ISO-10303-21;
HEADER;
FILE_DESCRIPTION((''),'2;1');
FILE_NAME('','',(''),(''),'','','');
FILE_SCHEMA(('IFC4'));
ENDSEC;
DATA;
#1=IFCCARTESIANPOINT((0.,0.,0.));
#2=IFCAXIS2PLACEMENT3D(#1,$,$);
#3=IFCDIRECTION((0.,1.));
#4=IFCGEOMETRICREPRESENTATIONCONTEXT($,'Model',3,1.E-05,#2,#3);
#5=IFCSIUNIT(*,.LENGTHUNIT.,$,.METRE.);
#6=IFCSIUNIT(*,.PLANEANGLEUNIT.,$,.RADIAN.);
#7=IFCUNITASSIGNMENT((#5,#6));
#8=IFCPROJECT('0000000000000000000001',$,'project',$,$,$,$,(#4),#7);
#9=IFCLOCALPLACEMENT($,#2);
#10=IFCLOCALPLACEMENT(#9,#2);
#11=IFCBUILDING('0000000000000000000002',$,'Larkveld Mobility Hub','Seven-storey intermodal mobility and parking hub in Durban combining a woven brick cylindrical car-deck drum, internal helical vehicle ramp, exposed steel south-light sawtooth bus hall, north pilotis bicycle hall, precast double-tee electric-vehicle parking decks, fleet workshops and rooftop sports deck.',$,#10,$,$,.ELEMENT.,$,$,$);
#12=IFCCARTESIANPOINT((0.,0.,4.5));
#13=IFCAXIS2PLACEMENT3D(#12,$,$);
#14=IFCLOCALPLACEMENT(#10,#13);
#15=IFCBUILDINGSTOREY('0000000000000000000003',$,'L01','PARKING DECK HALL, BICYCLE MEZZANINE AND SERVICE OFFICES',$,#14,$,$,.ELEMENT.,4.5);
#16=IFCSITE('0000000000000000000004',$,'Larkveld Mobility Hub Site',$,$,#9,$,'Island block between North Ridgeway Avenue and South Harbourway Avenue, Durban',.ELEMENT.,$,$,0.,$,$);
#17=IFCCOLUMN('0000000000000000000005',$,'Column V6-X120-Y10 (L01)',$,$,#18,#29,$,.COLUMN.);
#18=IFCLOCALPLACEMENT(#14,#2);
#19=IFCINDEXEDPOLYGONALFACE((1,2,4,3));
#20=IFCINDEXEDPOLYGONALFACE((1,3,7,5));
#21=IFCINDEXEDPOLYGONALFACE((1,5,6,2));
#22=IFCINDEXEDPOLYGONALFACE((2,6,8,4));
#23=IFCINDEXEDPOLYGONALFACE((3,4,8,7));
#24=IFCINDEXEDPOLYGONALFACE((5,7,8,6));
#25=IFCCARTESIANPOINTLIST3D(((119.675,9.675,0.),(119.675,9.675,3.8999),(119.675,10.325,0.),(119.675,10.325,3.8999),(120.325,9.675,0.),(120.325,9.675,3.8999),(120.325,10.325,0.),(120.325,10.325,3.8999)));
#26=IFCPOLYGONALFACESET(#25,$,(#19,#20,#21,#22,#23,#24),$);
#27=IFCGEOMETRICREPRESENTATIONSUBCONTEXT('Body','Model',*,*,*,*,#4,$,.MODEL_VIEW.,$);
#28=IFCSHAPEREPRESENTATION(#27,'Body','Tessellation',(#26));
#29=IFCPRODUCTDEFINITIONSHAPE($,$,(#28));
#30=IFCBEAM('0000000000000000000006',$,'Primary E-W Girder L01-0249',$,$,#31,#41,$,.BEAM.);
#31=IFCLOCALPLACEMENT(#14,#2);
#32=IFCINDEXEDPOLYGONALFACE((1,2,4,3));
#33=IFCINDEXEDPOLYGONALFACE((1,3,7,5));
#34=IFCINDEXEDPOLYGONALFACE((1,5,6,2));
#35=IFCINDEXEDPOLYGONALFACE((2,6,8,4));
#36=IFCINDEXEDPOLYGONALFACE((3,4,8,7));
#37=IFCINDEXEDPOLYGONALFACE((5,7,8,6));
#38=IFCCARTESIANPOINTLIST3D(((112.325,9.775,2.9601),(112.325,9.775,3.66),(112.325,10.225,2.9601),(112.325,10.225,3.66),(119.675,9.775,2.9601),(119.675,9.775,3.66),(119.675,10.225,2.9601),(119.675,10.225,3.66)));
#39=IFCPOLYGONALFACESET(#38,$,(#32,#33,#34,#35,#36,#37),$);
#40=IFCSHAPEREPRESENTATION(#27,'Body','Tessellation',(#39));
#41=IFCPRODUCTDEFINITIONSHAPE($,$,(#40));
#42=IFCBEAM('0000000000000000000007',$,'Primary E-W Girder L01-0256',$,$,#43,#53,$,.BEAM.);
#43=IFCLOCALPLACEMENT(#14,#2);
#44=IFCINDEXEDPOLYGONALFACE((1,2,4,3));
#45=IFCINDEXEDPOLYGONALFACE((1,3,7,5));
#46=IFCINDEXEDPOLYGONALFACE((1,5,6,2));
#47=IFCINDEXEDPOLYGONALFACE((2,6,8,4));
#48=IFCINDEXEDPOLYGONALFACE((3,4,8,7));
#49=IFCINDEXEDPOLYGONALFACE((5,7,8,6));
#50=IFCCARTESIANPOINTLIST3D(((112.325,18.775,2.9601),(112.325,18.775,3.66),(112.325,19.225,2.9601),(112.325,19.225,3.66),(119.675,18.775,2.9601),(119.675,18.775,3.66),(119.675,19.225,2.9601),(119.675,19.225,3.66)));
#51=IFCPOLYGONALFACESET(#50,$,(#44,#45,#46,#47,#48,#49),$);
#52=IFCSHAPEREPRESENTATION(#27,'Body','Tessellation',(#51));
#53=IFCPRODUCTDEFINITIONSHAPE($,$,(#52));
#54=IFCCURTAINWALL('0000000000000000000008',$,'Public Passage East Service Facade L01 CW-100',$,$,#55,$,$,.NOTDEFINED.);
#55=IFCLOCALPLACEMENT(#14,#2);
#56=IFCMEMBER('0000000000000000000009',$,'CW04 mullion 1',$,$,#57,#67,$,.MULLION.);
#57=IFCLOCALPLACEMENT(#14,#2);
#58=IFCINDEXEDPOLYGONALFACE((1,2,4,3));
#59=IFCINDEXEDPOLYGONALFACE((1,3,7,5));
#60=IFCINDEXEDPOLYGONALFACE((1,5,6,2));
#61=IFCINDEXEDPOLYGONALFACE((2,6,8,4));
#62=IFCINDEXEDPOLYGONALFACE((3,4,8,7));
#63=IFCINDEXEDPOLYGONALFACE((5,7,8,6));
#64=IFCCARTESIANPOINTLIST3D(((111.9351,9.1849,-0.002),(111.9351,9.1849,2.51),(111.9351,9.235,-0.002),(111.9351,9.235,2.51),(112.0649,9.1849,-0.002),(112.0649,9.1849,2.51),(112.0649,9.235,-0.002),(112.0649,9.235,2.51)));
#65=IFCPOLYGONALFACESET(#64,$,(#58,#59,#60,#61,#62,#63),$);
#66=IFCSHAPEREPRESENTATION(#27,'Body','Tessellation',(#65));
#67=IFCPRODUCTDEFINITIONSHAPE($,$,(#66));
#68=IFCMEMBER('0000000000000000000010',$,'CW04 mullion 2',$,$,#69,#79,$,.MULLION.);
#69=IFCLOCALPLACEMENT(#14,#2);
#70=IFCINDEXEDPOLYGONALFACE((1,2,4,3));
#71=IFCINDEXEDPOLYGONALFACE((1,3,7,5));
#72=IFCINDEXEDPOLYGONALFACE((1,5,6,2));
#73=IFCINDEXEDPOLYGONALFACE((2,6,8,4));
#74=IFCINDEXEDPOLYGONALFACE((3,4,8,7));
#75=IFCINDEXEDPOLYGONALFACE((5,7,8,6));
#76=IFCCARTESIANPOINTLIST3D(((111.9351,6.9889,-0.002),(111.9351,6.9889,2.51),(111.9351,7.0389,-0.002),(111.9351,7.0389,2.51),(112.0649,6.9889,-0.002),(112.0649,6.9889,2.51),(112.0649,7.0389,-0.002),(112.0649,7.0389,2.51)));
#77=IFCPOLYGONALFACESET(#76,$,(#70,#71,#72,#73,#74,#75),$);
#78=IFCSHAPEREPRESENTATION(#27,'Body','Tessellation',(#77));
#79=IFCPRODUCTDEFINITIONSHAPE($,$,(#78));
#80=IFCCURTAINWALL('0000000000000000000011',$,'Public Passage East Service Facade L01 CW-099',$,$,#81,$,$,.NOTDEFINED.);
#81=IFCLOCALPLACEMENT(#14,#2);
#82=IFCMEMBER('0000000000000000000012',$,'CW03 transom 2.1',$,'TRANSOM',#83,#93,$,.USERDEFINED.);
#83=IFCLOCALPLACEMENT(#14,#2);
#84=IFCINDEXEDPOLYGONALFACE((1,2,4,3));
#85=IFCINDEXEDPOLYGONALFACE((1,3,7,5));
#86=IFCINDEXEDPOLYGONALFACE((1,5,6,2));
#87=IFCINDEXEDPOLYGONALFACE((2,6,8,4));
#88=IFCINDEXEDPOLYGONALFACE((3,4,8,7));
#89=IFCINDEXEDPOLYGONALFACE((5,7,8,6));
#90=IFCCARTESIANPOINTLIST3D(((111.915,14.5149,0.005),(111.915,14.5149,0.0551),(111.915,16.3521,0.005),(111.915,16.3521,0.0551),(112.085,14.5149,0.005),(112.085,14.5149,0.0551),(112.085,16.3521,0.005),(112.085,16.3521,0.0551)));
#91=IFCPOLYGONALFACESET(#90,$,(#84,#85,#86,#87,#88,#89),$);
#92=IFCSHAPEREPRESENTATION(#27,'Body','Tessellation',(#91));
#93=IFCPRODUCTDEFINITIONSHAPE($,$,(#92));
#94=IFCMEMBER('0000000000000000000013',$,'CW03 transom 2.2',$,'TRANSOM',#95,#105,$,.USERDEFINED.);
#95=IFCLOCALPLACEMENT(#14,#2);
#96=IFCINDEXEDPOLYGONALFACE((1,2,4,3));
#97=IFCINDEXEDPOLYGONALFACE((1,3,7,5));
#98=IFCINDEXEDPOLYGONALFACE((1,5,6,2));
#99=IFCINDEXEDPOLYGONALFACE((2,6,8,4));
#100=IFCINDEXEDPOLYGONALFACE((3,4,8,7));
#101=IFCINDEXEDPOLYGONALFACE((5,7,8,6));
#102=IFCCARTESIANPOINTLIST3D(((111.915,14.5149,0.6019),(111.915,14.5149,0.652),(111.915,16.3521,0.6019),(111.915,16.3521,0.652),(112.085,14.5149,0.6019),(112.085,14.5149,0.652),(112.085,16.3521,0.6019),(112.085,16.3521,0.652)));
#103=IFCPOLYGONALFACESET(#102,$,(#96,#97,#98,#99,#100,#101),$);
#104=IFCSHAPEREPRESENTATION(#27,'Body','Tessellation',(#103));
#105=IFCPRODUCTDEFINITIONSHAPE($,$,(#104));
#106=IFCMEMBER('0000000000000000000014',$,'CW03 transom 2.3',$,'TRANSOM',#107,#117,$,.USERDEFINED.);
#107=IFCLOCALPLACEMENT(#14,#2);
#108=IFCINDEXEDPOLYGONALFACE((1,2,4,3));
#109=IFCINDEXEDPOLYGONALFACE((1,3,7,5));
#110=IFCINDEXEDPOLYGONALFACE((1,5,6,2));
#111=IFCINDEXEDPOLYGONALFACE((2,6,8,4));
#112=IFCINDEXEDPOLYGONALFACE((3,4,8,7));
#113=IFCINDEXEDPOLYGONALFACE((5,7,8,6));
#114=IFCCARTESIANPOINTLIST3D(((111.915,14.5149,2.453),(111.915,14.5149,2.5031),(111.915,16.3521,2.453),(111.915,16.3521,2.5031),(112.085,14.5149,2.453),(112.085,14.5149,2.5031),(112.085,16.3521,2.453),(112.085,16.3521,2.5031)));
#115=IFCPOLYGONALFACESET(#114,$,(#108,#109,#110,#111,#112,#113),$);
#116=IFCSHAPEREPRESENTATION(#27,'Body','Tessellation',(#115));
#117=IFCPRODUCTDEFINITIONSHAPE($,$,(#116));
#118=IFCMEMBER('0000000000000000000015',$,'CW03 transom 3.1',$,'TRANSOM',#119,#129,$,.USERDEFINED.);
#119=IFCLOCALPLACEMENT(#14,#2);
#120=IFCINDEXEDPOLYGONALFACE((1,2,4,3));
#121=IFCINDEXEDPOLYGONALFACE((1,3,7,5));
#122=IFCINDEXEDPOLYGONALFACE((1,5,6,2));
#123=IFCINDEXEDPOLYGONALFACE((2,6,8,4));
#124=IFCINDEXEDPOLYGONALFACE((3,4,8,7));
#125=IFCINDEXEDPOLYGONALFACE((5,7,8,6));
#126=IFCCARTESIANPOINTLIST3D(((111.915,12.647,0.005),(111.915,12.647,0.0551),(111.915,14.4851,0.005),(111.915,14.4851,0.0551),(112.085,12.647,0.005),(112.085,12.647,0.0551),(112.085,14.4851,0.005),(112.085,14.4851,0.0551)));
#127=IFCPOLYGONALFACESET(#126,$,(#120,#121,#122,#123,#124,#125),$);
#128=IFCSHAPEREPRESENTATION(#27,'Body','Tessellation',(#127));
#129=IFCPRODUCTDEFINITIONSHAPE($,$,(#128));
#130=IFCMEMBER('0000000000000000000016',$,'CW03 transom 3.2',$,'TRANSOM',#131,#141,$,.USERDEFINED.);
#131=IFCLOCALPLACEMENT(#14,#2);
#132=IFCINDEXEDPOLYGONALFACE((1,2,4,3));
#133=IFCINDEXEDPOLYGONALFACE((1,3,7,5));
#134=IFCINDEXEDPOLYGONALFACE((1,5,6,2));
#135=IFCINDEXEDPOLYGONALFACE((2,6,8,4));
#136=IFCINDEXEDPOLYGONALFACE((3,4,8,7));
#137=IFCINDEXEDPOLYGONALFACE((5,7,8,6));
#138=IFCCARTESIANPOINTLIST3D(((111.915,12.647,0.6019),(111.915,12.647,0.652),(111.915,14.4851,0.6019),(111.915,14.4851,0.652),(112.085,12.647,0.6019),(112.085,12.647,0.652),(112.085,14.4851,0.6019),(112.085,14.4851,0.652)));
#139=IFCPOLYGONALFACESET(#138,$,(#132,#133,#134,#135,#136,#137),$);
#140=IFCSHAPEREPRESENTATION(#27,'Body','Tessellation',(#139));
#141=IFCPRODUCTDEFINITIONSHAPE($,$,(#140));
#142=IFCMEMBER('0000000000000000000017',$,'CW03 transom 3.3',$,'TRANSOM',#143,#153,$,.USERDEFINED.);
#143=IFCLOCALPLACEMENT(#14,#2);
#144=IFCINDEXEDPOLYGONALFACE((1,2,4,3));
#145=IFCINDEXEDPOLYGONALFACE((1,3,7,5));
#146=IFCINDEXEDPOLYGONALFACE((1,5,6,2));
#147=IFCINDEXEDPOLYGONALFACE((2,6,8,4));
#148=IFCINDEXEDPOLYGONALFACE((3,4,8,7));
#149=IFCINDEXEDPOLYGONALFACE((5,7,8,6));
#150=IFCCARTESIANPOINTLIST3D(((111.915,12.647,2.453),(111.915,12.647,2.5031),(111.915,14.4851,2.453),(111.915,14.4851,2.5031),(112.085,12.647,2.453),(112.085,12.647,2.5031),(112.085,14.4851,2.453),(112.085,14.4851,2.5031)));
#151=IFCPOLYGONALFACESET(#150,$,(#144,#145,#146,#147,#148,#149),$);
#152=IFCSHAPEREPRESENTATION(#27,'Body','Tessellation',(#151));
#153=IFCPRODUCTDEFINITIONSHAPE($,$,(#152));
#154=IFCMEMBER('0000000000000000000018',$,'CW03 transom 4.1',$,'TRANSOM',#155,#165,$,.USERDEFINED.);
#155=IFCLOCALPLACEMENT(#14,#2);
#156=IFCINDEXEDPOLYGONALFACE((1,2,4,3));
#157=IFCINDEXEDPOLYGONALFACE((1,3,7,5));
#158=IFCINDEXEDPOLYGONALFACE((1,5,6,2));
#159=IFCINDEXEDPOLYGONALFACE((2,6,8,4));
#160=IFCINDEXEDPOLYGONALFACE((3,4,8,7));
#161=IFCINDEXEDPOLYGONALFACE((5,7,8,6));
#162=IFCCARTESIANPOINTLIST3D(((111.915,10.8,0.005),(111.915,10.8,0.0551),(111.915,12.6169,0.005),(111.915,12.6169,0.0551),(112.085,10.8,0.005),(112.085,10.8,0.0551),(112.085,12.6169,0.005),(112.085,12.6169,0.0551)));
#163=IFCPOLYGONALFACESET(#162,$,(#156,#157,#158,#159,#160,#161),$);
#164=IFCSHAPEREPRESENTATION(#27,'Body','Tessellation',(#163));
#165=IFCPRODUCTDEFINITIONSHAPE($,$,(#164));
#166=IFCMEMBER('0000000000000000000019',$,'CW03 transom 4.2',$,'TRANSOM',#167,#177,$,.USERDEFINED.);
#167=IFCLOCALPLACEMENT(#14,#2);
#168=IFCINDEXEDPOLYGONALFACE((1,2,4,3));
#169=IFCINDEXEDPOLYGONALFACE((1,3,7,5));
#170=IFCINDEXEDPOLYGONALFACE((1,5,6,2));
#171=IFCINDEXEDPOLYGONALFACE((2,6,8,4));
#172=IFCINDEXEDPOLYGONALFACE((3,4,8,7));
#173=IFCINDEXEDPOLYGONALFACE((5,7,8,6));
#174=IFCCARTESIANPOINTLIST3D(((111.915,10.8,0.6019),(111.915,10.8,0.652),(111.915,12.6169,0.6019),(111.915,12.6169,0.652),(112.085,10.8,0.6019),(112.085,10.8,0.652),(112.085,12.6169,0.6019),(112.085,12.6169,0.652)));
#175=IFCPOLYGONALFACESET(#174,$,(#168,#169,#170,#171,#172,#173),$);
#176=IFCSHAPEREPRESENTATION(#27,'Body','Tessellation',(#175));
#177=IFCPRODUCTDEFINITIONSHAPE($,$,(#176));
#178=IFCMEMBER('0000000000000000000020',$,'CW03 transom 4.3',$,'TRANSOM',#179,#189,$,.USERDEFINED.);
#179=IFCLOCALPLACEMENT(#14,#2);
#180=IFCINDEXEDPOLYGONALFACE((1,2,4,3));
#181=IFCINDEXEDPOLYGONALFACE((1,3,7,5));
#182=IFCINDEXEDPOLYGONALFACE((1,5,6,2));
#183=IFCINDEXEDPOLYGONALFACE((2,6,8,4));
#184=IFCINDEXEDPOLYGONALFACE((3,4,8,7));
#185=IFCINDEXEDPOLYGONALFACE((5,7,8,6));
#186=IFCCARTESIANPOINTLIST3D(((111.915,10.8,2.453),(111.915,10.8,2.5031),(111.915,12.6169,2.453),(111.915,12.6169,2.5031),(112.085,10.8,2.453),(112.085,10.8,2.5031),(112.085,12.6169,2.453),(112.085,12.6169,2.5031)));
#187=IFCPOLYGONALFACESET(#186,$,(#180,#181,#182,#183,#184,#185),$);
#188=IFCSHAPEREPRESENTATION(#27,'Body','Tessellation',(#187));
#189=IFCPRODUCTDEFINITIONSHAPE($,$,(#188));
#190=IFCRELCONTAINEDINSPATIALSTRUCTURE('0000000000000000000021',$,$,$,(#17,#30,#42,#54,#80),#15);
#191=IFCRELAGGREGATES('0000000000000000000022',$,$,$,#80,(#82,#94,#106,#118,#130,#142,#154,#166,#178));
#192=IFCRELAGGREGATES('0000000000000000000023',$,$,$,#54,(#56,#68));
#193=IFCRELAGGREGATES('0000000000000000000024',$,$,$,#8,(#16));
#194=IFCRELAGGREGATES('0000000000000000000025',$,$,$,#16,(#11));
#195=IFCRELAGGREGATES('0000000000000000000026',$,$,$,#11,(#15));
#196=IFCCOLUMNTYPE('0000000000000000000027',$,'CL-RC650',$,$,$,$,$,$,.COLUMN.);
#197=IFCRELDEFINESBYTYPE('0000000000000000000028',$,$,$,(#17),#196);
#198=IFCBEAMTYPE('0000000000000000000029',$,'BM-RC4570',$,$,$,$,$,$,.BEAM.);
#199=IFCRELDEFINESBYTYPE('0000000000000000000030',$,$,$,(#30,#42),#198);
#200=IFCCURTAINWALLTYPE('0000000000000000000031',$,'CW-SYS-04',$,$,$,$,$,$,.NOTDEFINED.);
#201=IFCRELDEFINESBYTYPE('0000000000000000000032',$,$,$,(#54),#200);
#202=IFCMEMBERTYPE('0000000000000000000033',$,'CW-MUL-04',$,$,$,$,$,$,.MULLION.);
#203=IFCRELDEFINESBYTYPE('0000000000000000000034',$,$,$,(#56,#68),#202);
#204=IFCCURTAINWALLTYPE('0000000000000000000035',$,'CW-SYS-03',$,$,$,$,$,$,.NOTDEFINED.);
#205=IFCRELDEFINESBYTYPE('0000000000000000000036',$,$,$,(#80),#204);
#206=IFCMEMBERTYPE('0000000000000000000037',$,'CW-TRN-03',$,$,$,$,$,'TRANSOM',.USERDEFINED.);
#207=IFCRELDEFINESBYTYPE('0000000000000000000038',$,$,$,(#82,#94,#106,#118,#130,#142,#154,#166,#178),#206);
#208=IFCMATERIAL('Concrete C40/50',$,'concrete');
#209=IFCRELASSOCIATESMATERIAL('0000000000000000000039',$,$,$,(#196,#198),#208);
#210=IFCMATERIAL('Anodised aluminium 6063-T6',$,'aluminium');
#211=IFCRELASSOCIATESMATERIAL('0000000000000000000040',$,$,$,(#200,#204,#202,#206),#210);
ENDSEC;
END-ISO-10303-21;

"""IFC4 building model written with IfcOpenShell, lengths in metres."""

from ifc_helpers import new_model, si_unit, direction, frame, origin, origin_2d, place, context, subcontext, project, spatial, rectangle, extrude, material, material_profile, profile_set, type_object, element, aggregate, save


model = new_model("IFC4")

# Units and contexts
model_context = context("Model", 3, precision=1e-05, world=origin(), true_north=direction((0.0, 1.0)))
body_context = subcontext(model_context, "Body", "Model", "MODEL_VIEW")
ifc_project = project(units=[si_unit("LENGTHUNIT", "METRE"), si_unit("PLANEANGLEUNIT", "RADIAN")], contexts=[model_context])

# Site, building, storey
site_placement = place(None, origin())
site = spatial("IfcSite", under=ifc_project, at=site_placement, Name="Larkveld Mobility Hub Site", LongName="Island block between North Ridgeway Avenue and South Harbourway Avenue, Durban", CompositionType="ELEMENT", RefElevation=0.0)
building_placement = place(site_placement, origin())
building = spatial("IfcBuilding", under=site, at=building_placement, Name="Larkveld Mobility Hub", Description="Seven-storey intermodal mobility and parking hub in Durban combining a woven brick cylindrical car-deck drum, internal helical vehicle ramp, exposed steel south-light sawtooth bus hall, north pilotis bicycle hall, precast double-tee electric-vehicle parking decks, fleet workshops and rooftop sports deck.", CompositionType="ELEMENT")
storey_placement = place(building_placement, frame((0.0, 0.0, 4.5)))
storey = spatial("IfcBuildingStorey", under=building, at=storey_placement, Name="L01", Description="PARKING DECK HALL, BICYCLE MEZZANINE AND SERVICE OFFICES", CompositionType="ELEMENT", Elevation=4.5)

# Column
ifc_material_1 = material(Name="Concrete C40/50", Category="concrete")
ifc_material_profile_1 = material_profile(ifc_material_1, rectangle(XDim=0.6499, YDim=0.6499, at=origin_2d()), Name="RC COL 650x650")
ifc_profile_set_1 = profile_set([ifc_material_profile_1], Name="Concrete C40/50")
column_type = type_object("IfcColumnType", Name="CL-RC650", PredefinedType="COLUMN", material=ifc_profile_set_1)
column_placement = place(storey_placement, frame((120.0, 10.0, 0.0), z_axis=(0.0, 0.0, 1.0), x_axis=(1.0, 0.0, 0.0)))
element("IfcColumn", 1, at=column_placement, inside=storey, type_object=column_type, Name="Column V6-X120-Y10 (L01)", PredefinedType="COLUMN", context=body_context, shape_type="SweptSolid", body=[
    extrude(rectangle(XDim=0.6499, YDim=0.6499, at=origin_2d()), origin(), (0.0, 0.0, 1.0), 3.8999),
])

# Beams
ifc_material_profile_2 = material_profile(ifc_material_1, rectangle(XDim=0.45, YDim=0.7, at=origin_2d()), Name="RC BM 450x700")
ifc_profile_set_2 = profile_set([ifc_material_profile_2], Name="Concrete C40/50")
beam_type = type_object("IfcBeamType", Name="BM-RC4570", PredefinedType="BEAM", material=ifc_profile_set_2)
for number, where, z_axis, x_axis, name in (
    (2, (112.325, 10.0, 3.3101), (1.0, 0.0, 0.0), (0.0, 1.0, 0.0), "Primary E-W Girder L01-0249"),
    (3, (112.325, 19.0, 3.3101), (1.0, 0.0, 0.0), (0.0, 1.0, 0.0), "Primary E-W Girder L01-0256"),
):
    element("IfcBeam", number, at=place(storey_placement, frame(where, z_axis=z_axis, x_axis=x_axis)), inside=storey, type_object=beam_type, Name=name, PredefinedType="BEAM", context=body_context, shape_type="SweptSolid", body=[
        extrude(rectangle(XDim=0.45, YDim=0.7, at=origin_2d()), origin(), (0.0, 0.0, 1.0), 7.3501),
    ])

# Curtain walls, members
ifc_material_2 = material(Name="Anodised aluminium 6063-T6", Category="aluminium")
curtain_wall_type_1 = type_object("IfcCurtainWallType", Name="CW-SYS-04", PredefinedType="NOTDEFINED", material=ifc_material_2)
curtain_wall_1_placement = place(storey_placement, origin())
curtain_wall_1 = element("IfcCurtainWall", 4, at=curtain_wall_1_placement, inside=storey, type_object=curtain_wall_type_1, Name="Public Passage East Service Facade L01 CW-100", PredefinedType="NOTDEFINED")
ifc_material_profile_3 = material_profile(ifc_material_2, rectangle(XDim=0.05, YDim=0.1299, at=origin_2d()), Name="ALU MULL 50x130")
ifc_profile_set_3 = profile_set([ifc_material_profile_3], Name="Anodised aluminium 6063-T6")
member_type_1 = type_object("IfcMemberType", Name="CW-MUL-04", PredefinedType="MULLION", material=ifc_profile_set_3)
member_1_placement = place(storey_placement, frame((112.0, 9.21, -0.002), z_axis=(0.0, 0.0, 1.0), x_axis=(0.0, -1.0, 0.0)))
member_1 = element("IfcMember", 5, at=member_1_placement, type_object=member_type_1, Name="CW04 mullion 1", PredefinedType="MULLION", context=body_context, shape_type="SweptSolid", body=[
    extrude(rectangle(XDim=0.05, YDim=0.1299, at=origin_2d()), origin(), (0.0, 0.0, 1.0), 2.512),
])
member_2_placement = place(storey_placement, frame((112.0, 7.0139, -0.002), z_axis=(0.0, 0.0, 1.0), x_axis=(0.0, -1.0, 0.0)))
member_2 = element("IfcMember", 6, at=member_2_placement, type_object=member_type_1, Name="CW04 mullion 2", PredefinedType="MULLION", context=body_context, shape_type="SweptSolid", body=[
    extrude(rectangle(XDim=0.05, YDim=0.1299, at=origin_2d()), origin(), (0.0, 0.0, 1.0), 2.512),
])
curtain_wall_type_2 = type_object("IfcCurtainWallType", Name="CW-SYS-03", PredefinedType="NOTDEFINED", material=ifc_material_2)
curtain_wall_2_placement = place(storey_placement, origin())
curtain_wall_2 = element("IfcCurtainWall", 7, at=curtain_wall_2_placement, inside=storey, type_object=curtain_wall_type_2, Name="Public Passage East Service Facade L01 CW-099", PredefinedType="NOTDEFINED")
ifc_material_profile_4 = material_profile(ifc_material_2, rectangle(XDim=0.1699, YDim=0.05, at=origin_2d()), Name="ALU TRAN 50x170")
ifc_profile_set_4 = profile_set([ifc_material_profile_4], Name="Anodised aluminium 6063-T6")
member_type_2 = type_object("IfcMemberType", Name="CW-TRN-03", ElementType="TRANSOM", PredefinedType="USERDEFINED", material=ifc_profile_set_4)
member_3_placement = place(storey_placement, frame((112.0, 16.3521, 0.03), z_axis=(0.0, -1.0, 0.0), x_axis=(1.0, 0.0, 0.0)))
member_3 = element("IfcMember", 8, at=member_3_placement, type_object=member_type_2, Name="CW03 transom 2.1", ObjectType="TRANSOM", PredefinedType="USERDEFINED", context=body_context, shape_type="SweptSolid", body=[
    extrude(rectangle(XDim=0.1699, YDim=0.05, at=origin_2d()), origin(), (0.0, 0.0, 1.0), 1.8372),
])
member_4_placement = place(storey_placement, frame((112.0, 16.3521, 0.627), z_axis=(0.0, -1.0, 0.0), x_axis=(1.0, 0.0, 0.0)))
member_4 = element("IfcMember", 9, at=member_4_placement, type_object=member_type_2, Name="CW03 transom 2.2", ObjectType="TRANSOM", PredefinedType="USERDEFINED", context=body_context, shape_type="SweptSolid", body=[
    extrude(rectangle(XDim=0.1699, YDim=0.05, at=origin_2d()), origin(), (0.0, 0.0, 1.0), 1.8372),
])
member_5_placement = place(storey_placement, frame((112.0, 16.3521, 2.478), z_axis=(0.0, -1.0, 0.0), x_axis=(1.0, 0.0, 0.0)))
member_5 = element("IfcMember", 10, at=member_5_placement, type_object=member_type_2, Name="CW03 transom 2.3", ObjectType="TRANSOM", PredefinedType="USERDEFINED", context=body_context, shape_type="SweptSolid", body=[
    extrude(rectangle(XDim=0.1699, YDim=0.05, at=origin_2d()), origin(), (0.0, 0.0, 1.0), 1.8372),
])
member_6_placement = place(storey_placement, frame((112.0, 14.4851, 0.03), z_axis=(0.0, -1.0, 0.0), x_axis=(1.0, 0.0, 0.0)))
member_6 = element("IfcMember", 11, at=member_6_placement, type_object=member_type_2, Name="CW03 transom 3.1", ObjectType="TRANSOM", PredefinedType="USERDEFINED", context=body_context, shape_type="SweptSolid", body=[
    extrude(rectangle(XDim=0.1699, YDim=0.05, at=origin_2d()), origin(), (0.0, 0.0, 1.0), 1.8381),
])
member_7_placement = place(storey_placement, frame((112.0, 14.4851, 0.627), z_axis=(0.0, -1.0, 0.0), x_axis=(1.0, 0.0, 0.0)))
member_7 = element("IfcMember", 12, at=member_7_placement, type_object=member_type_2, Name="CW03 transom 3.2", ObjectType="TRANSOM", PredefinedType="USERDEFINED", context=body_context, shape_type="SweptSolid", body=[
    extrude(rectangle(XDim=0.1699, YDim=0.05, at=origin_2d()), origin(), (0.0, 0.0, 1.0), 1.8381),
])
member_8_placement = place(storey_placement, frame((112.0, 14.4851, 2.478), z_axis=(0.0, -1.0, 0.0), x_axis=(1.0, 0.0, 0.0)))
member_8 = element("IfcMember", 13, at=member_8_placement, type_object=member_type_2, Name="CW03 transom 3.3", ObjectType="TRANSOM", PredefinedType="USERDEFINED", context=body_context, shape_type="SweptSolid", body=[
    extrude(rectangle(XDim=0.1699, YDim=0.05, at=origin_2d()), origin(), (0.0, 0.0, 1.0), 1.8381),
])
member_9_placement = place(storey_placement, frame((112.0, 12.6169, 0.03), z_axis=(0.0, -1.0, 0.0), x_axis=(1.0, 0.0, 0.0)))
member_9 = element("IfcMember", 14, at=member_9_placement, type_object=member_type_2, Name="CW03 transom 4.1", ObjectType="TRANSOM", PredefinedType="USERDEFINED", context=body_context, shape_type="SweptSolid", body=[
    extrude(rectangle(XDim=0.1699, YDim=0.05, at=origin_2d()), origin(), (0.0, 0.0, 1.0), 1.8169),
])
member_10_placement = place(storey_placement, frame((112.0, 12.6169, 0.627), z_axis=(0.0, -1.0, 0.0), x_axis=(1.0, 0.0, 0.0)))
member_10 = element("IfcMember", 15, at=member_10_placement, type_object=member_type_2, Name="CW03 transom 4.2", ObjectType="TRANSOM", PredefinedType="USERDEFINED", context=body_context, shape_type="SweptSolid", body=[
    extrude(rectangle(XDim=0.1699, YDim=0.05, at=origin_2d()), origin(), (0.0, 0.0, 1.0), 1.8169),
])
member_11_placement = place(storey_placement, frame((112.0, 12.6169, 2.478), z_axis=(0.0, -1.0, 0.0), x_axis=(1.0, 0.0, 0.0)))
member_11 = element("IfcMember", 16, at=member_11_placement, type_object=member_type_2, Name="CW03 transom 4.3", ObjectType="TRANSOM", PredefinedType="USERDEFINED", context=body_context, shape_type="SweptSolid", body=[
    extrude(rectangle(XDim=0.1699, YDim=0.05, at=origin_2d()), origin(), (0.0, 0.0, 1.0), 1.8169),
])

aggregate(curtain_wall_2, [member_3, member_4, member_5, member_6, member_7, member_8, member_9, member_10, member_11])
aggregate(curtain_wall_1, [member_1, member_2])

save(model, "model.ifc")
